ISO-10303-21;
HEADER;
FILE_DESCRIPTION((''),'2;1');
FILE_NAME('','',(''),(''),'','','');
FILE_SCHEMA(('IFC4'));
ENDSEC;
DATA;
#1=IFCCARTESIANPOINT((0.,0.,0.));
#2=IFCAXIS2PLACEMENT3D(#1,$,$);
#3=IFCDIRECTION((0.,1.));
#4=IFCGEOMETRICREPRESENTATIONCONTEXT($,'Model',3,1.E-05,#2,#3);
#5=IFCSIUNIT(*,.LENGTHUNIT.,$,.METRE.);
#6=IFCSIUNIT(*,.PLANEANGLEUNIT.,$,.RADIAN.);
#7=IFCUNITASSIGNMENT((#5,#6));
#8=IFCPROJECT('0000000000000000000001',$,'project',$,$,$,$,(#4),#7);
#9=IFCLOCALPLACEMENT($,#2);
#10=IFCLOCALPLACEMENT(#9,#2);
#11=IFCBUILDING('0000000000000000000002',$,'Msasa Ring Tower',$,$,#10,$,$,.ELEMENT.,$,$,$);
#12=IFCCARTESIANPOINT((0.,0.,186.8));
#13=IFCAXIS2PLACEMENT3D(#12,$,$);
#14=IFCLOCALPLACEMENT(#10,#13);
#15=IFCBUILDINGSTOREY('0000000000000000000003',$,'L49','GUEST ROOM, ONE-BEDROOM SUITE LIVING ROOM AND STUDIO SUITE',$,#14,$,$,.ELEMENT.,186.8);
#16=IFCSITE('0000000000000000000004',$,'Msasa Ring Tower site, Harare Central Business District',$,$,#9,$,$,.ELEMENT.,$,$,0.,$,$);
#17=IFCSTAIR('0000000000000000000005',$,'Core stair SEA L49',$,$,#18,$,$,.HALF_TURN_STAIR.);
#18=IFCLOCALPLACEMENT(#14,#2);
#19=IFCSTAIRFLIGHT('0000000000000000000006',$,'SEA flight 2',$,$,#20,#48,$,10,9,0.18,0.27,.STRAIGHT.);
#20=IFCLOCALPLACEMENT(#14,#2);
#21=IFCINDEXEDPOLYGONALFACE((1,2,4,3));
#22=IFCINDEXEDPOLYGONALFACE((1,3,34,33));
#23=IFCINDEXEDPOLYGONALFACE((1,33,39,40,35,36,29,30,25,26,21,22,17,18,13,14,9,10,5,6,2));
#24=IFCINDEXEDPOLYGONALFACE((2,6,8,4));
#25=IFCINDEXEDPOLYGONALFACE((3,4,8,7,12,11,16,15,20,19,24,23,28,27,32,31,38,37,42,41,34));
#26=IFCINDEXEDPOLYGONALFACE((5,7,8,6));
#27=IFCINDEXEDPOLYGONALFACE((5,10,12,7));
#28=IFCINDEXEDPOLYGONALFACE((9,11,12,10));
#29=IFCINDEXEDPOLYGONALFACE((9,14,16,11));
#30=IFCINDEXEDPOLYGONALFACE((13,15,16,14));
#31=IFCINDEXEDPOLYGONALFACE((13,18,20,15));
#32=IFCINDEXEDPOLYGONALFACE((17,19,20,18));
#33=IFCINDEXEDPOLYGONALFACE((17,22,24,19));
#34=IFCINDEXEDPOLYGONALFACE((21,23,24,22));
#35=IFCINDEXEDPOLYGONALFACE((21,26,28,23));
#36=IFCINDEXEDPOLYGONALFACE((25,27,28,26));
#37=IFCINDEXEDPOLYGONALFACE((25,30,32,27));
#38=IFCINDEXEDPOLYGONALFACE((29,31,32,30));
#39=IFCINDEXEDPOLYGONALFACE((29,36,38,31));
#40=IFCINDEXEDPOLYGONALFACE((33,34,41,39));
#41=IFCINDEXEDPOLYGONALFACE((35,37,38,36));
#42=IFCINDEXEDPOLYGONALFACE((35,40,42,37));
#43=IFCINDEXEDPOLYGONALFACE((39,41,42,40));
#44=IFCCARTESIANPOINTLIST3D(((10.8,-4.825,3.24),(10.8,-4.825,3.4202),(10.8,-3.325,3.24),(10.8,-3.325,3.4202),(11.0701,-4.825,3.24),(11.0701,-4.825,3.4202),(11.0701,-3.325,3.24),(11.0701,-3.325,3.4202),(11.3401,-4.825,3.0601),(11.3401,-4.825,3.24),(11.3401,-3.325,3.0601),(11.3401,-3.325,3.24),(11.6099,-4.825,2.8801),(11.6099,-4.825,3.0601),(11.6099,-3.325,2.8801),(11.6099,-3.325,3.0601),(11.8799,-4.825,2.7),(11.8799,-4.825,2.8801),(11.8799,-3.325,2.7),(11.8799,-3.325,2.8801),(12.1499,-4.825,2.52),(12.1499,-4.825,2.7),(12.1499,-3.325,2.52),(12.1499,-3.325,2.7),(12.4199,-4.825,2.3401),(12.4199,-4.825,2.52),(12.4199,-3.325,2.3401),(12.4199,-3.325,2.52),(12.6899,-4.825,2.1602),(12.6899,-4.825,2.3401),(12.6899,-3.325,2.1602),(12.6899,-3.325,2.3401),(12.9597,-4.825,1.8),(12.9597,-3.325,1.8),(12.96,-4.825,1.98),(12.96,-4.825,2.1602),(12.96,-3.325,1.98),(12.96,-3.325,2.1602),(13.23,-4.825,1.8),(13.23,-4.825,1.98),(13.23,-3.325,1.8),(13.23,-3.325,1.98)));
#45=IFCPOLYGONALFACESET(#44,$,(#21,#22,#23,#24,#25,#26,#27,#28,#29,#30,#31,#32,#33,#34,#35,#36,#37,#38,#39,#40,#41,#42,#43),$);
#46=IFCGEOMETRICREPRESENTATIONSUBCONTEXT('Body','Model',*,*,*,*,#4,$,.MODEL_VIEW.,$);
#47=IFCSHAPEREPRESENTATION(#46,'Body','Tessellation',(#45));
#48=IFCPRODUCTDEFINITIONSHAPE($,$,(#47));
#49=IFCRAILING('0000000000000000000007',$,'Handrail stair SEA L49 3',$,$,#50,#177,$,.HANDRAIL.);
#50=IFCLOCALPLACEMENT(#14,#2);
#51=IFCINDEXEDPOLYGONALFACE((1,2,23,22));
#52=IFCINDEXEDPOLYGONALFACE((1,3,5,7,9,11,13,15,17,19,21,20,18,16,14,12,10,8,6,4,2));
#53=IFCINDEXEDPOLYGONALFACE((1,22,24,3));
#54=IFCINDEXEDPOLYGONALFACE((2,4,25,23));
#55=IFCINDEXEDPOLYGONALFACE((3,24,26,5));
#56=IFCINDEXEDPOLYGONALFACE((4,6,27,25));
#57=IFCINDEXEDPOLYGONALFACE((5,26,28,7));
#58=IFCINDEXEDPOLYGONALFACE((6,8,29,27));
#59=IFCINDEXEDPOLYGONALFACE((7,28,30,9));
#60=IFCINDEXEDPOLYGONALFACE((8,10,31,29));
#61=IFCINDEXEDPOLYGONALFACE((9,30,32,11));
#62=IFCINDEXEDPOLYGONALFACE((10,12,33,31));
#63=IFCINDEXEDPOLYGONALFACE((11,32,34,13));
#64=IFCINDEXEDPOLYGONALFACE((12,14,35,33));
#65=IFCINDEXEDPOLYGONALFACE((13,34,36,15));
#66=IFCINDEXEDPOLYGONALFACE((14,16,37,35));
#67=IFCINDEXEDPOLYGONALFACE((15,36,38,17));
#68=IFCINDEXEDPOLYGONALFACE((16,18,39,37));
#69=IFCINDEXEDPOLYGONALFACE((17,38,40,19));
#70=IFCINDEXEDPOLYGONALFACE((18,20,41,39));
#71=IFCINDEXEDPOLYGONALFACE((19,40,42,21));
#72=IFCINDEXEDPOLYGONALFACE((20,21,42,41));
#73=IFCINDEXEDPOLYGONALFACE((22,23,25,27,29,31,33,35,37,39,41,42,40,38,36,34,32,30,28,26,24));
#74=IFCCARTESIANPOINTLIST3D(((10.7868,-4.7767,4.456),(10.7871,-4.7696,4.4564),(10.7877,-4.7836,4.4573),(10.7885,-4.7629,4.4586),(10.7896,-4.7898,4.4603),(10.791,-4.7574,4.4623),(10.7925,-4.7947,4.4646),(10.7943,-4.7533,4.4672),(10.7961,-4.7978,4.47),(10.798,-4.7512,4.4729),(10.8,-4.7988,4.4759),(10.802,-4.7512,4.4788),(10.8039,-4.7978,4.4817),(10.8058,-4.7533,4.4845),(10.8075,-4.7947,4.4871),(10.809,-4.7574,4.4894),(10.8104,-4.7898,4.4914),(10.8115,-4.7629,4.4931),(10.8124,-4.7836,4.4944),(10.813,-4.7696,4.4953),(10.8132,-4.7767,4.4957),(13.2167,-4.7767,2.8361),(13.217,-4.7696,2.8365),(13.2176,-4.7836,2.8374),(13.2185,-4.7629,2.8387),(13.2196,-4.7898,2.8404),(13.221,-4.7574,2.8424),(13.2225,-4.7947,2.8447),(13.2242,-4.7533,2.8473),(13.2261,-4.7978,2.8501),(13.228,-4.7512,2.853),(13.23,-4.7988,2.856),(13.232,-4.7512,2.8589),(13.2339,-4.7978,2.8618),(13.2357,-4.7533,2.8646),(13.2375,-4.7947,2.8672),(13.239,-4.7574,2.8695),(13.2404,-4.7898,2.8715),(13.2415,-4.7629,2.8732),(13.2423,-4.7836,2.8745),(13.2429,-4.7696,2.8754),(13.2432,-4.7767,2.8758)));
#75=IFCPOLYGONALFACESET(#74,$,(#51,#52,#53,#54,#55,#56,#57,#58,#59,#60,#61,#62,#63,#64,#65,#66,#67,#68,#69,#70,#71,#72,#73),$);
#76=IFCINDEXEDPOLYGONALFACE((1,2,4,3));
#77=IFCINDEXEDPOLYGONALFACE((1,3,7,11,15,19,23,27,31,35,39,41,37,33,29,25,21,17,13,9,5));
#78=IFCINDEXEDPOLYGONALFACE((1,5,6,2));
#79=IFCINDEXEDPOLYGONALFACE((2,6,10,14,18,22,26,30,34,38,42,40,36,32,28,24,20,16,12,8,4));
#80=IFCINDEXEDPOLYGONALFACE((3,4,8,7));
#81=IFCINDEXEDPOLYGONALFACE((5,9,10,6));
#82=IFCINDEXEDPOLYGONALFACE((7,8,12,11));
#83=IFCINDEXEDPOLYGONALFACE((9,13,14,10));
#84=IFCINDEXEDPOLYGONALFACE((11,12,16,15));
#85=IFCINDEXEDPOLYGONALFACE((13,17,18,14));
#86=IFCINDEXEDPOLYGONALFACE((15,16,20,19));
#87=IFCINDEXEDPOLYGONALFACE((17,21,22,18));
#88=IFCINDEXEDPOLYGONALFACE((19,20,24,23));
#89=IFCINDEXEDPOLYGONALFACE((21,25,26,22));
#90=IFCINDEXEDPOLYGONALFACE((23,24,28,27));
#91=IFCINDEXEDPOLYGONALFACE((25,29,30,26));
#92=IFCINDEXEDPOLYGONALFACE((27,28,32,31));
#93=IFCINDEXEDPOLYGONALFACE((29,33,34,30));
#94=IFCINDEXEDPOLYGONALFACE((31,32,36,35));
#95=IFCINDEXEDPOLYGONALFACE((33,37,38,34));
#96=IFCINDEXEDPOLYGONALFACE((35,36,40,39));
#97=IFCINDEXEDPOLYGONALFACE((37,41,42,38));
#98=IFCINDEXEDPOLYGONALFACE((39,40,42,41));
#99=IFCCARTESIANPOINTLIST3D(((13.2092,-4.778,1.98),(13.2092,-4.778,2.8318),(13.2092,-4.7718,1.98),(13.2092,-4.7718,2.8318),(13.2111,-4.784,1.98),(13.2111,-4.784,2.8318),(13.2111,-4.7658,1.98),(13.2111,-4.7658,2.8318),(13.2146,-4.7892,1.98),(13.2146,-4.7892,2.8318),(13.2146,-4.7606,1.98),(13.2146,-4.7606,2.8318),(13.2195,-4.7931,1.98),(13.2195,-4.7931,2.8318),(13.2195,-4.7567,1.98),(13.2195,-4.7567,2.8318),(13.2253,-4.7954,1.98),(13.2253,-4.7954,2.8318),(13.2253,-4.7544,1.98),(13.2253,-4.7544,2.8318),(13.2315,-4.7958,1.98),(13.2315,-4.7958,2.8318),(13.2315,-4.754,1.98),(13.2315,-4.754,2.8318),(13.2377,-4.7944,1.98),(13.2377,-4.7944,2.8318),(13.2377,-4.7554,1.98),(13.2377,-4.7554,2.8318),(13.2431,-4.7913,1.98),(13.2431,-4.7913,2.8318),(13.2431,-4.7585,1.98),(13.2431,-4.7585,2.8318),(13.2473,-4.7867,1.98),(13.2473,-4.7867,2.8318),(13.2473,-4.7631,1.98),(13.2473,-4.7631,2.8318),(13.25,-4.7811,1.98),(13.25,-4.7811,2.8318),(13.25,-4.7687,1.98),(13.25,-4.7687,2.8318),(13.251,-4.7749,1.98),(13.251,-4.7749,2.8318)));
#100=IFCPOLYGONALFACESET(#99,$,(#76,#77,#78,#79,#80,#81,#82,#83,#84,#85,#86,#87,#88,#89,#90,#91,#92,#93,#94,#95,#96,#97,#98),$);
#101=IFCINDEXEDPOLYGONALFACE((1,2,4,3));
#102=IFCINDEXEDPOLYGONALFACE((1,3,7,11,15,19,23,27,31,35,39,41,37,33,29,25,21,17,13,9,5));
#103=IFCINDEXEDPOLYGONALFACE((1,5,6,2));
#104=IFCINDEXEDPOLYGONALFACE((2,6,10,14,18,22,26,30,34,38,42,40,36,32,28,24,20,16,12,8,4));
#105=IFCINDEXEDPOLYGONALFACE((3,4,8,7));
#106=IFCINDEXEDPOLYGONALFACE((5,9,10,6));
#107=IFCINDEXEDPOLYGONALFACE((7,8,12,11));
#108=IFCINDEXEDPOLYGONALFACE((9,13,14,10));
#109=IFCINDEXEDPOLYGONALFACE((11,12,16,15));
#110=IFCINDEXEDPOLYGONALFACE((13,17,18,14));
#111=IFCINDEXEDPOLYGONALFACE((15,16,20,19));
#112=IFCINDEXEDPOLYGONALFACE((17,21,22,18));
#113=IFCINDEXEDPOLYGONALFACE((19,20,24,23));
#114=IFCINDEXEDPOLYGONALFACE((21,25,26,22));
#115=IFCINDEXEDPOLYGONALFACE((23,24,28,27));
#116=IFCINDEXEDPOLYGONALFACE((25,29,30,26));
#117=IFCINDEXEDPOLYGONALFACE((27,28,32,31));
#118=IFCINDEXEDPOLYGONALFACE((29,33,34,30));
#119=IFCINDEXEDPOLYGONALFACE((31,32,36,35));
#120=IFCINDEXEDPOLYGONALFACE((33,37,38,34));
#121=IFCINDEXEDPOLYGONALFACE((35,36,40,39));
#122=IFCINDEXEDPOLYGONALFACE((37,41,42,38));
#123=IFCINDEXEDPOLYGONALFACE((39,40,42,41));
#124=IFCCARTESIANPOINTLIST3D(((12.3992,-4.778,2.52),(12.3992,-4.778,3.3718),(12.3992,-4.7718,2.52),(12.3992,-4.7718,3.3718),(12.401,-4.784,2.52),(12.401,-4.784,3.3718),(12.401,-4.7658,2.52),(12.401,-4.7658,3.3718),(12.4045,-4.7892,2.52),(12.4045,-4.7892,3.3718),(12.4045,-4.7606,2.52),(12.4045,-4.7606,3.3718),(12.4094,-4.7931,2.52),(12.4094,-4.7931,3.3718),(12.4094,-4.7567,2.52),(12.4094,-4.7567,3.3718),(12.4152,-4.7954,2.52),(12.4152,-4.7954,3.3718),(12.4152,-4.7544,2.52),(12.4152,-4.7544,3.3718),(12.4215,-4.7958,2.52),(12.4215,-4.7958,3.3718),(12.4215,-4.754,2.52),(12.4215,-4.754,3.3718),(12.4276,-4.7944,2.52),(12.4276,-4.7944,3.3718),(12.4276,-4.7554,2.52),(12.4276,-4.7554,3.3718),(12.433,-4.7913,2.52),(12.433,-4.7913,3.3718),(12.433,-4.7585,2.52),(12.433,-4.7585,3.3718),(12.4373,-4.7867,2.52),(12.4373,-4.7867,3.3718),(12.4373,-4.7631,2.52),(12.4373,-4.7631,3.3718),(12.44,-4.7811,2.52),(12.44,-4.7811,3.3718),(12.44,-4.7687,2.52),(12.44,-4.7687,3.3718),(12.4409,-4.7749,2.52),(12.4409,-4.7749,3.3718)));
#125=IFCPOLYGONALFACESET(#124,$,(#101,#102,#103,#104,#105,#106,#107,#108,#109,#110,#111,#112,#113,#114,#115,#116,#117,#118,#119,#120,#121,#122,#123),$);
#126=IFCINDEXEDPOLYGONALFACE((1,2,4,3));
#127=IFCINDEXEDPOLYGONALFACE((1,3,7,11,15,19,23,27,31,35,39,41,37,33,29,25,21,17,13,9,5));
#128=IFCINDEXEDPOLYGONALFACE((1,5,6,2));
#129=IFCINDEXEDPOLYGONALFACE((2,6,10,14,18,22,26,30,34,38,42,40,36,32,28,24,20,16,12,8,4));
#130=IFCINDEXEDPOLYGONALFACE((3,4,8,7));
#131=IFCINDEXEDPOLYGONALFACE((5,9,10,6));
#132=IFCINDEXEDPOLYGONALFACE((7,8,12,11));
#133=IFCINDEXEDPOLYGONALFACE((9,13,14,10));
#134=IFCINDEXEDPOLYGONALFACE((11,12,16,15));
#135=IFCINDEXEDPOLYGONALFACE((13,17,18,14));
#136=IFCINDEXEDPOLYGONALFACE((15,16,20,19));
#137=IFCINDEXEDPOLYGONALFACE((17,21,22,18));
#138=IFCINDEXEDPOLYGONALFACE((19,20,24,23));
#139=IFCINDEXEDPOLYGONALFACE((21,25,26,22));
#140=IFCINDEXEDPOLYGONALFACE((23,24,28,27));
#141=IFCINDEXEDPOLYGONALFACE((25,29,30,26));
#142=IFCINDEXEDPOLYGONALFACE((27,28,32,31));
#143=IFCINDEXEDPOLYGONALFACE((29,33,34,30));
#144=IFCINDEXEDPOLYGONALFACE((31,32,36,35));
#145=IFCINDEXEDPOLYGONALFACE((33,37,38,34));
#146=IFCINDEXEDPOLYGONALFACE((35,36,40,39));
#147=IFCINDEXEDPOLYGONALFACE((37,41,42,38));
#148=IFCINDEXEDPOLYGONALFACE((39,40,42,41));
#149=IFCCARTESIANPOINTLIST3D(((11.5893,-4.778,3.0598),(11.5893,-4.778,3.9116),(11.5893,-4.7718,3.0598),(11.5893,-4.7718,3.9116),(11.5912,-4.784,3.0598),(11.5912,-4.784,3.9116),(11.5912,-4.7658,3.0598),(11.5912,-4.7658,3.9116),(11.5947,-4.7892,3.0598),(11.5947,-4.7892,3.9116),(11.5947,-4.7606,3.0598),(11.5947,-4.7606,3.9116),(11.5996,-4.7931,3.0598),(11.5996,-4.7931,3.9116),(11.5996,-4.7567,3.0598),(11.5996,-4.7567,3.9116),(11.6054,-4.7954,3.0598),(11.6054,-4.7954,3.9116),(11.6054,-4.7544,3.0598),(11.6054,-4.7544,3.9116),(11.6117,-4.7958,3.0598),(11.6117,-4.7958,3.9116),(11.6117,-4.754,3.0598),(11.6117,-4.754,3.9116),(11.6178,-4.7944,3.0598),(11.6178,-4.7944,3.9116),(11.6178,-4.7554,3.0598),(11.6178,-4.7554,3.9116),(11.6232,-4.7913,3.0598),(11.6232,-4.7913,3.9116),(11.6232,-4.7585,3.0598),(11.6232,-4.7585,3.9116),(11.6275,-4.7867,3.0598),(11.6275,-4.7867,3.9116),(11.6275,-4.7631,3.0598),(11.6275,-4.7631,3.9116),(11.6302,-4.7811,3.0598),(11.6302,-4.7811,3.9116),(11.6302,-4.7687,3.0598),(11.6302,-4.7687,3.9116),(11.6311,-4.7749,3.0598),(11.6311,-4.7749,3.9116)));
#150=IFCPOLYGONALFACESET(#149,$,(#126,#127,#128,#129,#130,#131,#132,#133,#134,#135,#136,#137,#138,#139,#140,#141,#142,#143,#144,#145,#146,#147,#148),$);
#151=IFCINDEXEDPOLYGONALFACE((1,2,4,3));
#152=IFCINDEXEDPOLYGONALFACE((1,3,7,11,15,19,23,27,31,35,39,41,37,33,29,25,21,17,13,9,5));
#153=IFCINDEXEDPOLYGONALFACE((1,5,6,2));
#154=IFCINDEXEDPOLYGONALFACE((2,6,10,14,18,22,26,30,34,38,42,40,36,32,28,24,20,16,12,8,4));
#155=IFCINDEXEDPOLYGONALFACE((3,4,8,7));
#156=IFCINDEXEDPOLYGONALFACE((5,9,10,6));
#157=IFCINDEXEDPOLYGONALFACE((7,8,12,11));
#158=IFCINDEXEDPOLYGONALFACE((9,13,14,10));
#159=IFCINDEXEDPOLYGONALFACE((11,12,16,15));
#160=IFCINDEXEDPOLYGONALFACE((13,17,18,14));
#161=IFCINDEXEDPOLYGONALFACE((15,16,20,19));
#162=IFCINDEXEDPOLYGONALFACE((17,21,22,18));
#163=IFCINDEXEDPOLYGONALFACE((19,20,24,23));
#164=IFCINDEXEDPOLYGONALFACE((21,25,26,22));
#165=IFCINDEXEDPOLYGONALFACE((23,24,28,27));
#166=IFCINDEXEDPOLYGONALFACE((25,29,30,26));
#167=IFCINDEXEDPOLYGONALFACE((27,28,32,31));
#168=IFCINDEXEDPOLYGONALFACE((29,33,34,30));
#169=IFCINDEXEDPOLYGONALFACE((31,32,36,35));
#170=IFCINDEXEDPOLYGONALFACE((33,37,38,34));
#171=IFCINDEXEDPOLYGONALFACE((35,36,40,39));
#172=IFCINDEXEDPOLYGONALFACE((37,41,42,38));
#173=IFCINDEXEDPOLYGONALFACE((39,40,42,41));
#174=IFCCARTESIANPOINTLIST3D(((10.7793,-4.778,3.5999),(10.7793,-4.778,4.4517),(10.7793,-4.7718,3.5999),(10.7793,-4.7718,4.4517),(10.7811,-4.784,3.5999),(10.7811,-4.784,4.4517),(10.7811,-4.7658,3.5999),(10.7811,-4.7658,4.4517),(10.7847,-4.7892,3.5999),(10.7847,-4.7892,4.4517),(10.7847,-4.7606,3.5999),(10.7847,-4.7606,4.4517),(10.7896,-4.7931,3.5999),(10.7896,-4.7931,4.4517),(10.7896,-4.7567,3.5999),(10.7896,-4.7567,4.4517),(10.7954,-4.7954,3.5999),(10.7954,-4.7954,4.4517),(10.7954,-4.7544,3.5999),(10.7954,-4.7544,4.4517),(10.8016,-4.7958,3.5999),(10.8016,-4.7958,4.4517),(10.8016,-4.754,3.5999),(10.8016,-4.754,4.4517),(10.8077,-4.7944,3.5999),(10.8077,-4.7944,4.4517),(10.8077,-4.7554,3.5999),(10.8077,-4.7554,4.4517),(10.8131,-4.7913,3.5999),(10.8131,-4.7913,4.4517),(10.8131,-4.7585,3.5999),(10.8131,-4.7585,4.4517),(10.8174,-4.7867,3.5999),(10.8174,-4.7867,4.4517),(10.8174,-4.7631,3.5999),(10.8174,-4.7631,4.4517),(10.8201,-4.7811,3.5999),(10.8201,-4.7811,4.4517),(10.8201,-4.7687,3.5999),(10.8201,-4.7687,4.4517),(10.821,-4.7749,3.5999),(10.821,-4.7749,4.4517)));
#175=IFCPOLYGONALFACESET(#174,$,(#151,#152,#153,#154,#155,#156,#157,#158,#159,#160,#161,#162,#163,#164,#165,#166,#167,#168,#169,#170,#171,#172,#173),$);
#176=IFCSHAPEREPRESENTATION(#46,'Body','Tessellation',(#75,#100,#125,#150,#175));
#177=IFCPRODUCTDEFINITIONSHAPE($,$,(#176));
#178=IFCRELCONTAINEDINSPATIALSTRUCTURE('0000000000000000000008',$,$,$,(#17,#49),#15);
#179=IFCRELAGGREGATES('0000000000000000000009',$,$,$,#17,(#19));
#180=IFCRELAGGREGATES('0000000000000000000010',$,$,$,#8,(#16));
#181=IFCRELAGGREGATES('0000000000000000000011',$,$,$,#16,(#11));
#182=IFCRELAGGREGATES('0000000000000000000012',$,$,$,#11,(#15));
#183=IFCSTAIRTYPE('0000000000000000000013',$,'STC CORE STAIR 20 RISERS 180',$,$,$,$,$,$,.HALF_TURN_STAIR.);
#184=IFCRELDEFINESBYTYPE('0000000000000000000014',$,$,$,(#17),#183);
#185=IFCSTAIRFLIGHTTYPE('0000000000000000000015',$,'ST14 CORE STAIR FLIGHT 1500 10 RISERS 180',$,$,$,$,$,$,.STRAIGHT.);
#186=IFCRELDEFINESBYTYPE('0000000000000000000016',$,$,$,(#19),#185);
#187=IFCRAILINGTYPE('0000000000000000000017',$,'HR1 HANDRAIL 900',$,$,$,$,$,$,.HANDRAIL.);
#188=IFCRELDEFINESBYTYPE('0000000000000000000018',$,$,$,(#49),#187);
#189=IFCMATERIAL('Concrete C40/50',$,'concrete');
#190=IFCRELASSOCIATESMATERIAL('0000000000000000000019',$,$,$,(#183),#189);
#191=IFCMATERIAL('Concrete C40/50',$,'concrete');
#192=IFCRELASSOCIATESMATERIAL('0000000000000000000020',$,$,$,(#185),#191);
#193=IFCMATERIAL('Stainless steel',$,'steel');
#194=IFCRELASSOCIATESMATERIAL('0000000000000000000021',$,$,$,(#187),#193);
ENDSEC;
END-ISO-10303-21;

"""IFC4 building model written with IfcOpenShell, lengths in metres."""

from ifc_helpers import new_model, si_unit, direction, frame, origin, origin_2d, place, context, subcontext, project, spatial, polyline, circle, outline, extrude, material, type_object, element, aggregate, save


model = new_model("IFC4")

# Units and contexts
model_context = context("Model", 3, precision=1e-05, world=origin(), true_north=direction((0.0, 1.0)))
body_context = subcontext(model_context, "Body", "Model", "MODEL_VIEW")
ifc_project = project(units=[si_unit("LENGTHUNIT", "METRE"), si_unit("PLANEANGLEUNIT", "RADIAN")], contexts=[model_context])

# Site, building, storey
site_placement = place(None, origin())
site = spatial("IfcSite", under=ifc_project, at=site_placement, Name="Msasa Ring Tower site, Harare Central Business District", CompositionType="ELEMENT", RefElevation=0.0)
building_placement = place(site_placement, origin())
building = spatial("IfcBuilding", under=site, at=building_placement, Name="Msasa Ring Tower", CompositionType="ELEMENT")
storey_placement = place(building_placement, frame((0.0, 0.0, 186.8)))
storey = spatial("IfcBuildingStorey", under=building, at=storey_placement, Name="L49", Description="GUEST ROOM, ONE-BEDROOM SUITE LIVING ROOM AND STUDIO SUITE", CompositionType="ELEMENT", Elevation=186.8)

# Stair, stair flight
ifc_material_1 = material(Name="Concrete C40/50", Category="concrete")
stair_type = type_object("IfcStairType", Name="STC CORE STAIR 20 RISERS 180", PredefinedType="HALF_TURN_STAIR", material=ifc_material_1)
stair_placement = place(storey_placement, origin())
stair = element("IfcStair", 1, at=stair_placement, inside=storey, type_object=stair_type, Name="Core stair SEA L49", PredefinedType="HALF_TURN_STAIR")
ifc_material_2 = material(Name="Concrete C40/50", Category="concrete")
stair_flight_type = type_object("IfcStairFlightType", Name="ST14 CORE STAIR FLIGHT 1500 10 RISERS 180", PredefinedType="STRAIGHT", material=ifc_material_2)
stair_flight_placement = place(storey_placement, frame((13.23, -4.075, 1.8), z_axis=(0.0, 0.0, 1.0), x_axis=(-1.0, 0.0, 0.0)))
stair_flight = element("IfcStairFlight", 2, at=stair_flight_placement, type_object=stair_flight_type, Name="SEA flight 2", NumberOfRisers=10, NumberOfTreads=9, PredefinedType="STRAIGHT", RiserHeight=0.18, TreadLength=0.27, context=body_context, shape_type="SweptSolid", body=[
    extrude(outline(polyline([(0.0, 0.0), (0.0, 0.1799), (0.27, 0.1799), (0.27, 0.3601), (0.54, 0.3601), (0.54, 0.54), (0.8101, 0.54), (0.8101, 0.72), (1.0801, 0.72), (1.0801, 0.8999), (1.3501, 0.8999), (1.3501, 1.0801), (1.6201, 1.0801), (1.6201, 1.26), (1.8899, 1.26), (1.8899, 1.4399), (2.1599, 1.4399), (2.1599, 1.6201), (2.4299, 1.6201), (2.4299, 1.8), (2.4299, 1.4399), (0.2703, 0.0), (0.0, 0.0)])), frame((0.0, 0.75, 0.0), z_axis=(0.0, -1.0, 0.0), x_axis=(1.0, 0.0, 0.0)), (0.0, 0.0, 1.0), 1.5),
])
aggregate(stair, [stair_flight])

# Railing
ifc_material_3 = material(Name="Stainless steel", Category="steel")
railing_type = type_object("IfcRailingType", Name="HR1 HANDRAIL 900", PredefinedType="HANDRAIL", material=ifc_material_3)
for number, where, name in (
    (3, (13.23, -4.7749, 1.98), "Handrail stair SEA L49 3"),
):
    element("IfcRailing", number, at=place(storey_placement, frame(where)), inside=storey, type_object=railing_type, Name=name, PredefinedType="HANDRAIL", context=body_context, shape_type="SweptSolid", body=[
        extrude(circle(Radius=0.0239, at=origin_2d()), frame((0.0, 0.0, 0.876), z_axis=(-0.832063, 0.0, 0.554681), x_axis=(0.0, -1.0, 0.0)), (0.0, 0.0, 1.0), 2.9204),
        extrude(circle(Radius=0.021, at=origin_2d()), origin(), (0.0, 0.0, 1.0), 0.8518),
        extrude(circle(Radius=0.021, at=origin_2d()), frame((-0.8101, 0.0, 0.54)), (0.0, 0.0, 1.0), 0.8518),
        extrude(circle(Radius=0.021, at=origin_2d()), frame((-1.6199, 0.0, 1.0798)), (0.0, 0.0, 1.0), 0.8518),
        extrude(circle(Radius=0.021, at=origin_2d()), frame((-2.4299, 0.0, 1.6199)), (0.0, 0.0, 1.0), 0.8518),
    ])

save(model, "model.ifc")
